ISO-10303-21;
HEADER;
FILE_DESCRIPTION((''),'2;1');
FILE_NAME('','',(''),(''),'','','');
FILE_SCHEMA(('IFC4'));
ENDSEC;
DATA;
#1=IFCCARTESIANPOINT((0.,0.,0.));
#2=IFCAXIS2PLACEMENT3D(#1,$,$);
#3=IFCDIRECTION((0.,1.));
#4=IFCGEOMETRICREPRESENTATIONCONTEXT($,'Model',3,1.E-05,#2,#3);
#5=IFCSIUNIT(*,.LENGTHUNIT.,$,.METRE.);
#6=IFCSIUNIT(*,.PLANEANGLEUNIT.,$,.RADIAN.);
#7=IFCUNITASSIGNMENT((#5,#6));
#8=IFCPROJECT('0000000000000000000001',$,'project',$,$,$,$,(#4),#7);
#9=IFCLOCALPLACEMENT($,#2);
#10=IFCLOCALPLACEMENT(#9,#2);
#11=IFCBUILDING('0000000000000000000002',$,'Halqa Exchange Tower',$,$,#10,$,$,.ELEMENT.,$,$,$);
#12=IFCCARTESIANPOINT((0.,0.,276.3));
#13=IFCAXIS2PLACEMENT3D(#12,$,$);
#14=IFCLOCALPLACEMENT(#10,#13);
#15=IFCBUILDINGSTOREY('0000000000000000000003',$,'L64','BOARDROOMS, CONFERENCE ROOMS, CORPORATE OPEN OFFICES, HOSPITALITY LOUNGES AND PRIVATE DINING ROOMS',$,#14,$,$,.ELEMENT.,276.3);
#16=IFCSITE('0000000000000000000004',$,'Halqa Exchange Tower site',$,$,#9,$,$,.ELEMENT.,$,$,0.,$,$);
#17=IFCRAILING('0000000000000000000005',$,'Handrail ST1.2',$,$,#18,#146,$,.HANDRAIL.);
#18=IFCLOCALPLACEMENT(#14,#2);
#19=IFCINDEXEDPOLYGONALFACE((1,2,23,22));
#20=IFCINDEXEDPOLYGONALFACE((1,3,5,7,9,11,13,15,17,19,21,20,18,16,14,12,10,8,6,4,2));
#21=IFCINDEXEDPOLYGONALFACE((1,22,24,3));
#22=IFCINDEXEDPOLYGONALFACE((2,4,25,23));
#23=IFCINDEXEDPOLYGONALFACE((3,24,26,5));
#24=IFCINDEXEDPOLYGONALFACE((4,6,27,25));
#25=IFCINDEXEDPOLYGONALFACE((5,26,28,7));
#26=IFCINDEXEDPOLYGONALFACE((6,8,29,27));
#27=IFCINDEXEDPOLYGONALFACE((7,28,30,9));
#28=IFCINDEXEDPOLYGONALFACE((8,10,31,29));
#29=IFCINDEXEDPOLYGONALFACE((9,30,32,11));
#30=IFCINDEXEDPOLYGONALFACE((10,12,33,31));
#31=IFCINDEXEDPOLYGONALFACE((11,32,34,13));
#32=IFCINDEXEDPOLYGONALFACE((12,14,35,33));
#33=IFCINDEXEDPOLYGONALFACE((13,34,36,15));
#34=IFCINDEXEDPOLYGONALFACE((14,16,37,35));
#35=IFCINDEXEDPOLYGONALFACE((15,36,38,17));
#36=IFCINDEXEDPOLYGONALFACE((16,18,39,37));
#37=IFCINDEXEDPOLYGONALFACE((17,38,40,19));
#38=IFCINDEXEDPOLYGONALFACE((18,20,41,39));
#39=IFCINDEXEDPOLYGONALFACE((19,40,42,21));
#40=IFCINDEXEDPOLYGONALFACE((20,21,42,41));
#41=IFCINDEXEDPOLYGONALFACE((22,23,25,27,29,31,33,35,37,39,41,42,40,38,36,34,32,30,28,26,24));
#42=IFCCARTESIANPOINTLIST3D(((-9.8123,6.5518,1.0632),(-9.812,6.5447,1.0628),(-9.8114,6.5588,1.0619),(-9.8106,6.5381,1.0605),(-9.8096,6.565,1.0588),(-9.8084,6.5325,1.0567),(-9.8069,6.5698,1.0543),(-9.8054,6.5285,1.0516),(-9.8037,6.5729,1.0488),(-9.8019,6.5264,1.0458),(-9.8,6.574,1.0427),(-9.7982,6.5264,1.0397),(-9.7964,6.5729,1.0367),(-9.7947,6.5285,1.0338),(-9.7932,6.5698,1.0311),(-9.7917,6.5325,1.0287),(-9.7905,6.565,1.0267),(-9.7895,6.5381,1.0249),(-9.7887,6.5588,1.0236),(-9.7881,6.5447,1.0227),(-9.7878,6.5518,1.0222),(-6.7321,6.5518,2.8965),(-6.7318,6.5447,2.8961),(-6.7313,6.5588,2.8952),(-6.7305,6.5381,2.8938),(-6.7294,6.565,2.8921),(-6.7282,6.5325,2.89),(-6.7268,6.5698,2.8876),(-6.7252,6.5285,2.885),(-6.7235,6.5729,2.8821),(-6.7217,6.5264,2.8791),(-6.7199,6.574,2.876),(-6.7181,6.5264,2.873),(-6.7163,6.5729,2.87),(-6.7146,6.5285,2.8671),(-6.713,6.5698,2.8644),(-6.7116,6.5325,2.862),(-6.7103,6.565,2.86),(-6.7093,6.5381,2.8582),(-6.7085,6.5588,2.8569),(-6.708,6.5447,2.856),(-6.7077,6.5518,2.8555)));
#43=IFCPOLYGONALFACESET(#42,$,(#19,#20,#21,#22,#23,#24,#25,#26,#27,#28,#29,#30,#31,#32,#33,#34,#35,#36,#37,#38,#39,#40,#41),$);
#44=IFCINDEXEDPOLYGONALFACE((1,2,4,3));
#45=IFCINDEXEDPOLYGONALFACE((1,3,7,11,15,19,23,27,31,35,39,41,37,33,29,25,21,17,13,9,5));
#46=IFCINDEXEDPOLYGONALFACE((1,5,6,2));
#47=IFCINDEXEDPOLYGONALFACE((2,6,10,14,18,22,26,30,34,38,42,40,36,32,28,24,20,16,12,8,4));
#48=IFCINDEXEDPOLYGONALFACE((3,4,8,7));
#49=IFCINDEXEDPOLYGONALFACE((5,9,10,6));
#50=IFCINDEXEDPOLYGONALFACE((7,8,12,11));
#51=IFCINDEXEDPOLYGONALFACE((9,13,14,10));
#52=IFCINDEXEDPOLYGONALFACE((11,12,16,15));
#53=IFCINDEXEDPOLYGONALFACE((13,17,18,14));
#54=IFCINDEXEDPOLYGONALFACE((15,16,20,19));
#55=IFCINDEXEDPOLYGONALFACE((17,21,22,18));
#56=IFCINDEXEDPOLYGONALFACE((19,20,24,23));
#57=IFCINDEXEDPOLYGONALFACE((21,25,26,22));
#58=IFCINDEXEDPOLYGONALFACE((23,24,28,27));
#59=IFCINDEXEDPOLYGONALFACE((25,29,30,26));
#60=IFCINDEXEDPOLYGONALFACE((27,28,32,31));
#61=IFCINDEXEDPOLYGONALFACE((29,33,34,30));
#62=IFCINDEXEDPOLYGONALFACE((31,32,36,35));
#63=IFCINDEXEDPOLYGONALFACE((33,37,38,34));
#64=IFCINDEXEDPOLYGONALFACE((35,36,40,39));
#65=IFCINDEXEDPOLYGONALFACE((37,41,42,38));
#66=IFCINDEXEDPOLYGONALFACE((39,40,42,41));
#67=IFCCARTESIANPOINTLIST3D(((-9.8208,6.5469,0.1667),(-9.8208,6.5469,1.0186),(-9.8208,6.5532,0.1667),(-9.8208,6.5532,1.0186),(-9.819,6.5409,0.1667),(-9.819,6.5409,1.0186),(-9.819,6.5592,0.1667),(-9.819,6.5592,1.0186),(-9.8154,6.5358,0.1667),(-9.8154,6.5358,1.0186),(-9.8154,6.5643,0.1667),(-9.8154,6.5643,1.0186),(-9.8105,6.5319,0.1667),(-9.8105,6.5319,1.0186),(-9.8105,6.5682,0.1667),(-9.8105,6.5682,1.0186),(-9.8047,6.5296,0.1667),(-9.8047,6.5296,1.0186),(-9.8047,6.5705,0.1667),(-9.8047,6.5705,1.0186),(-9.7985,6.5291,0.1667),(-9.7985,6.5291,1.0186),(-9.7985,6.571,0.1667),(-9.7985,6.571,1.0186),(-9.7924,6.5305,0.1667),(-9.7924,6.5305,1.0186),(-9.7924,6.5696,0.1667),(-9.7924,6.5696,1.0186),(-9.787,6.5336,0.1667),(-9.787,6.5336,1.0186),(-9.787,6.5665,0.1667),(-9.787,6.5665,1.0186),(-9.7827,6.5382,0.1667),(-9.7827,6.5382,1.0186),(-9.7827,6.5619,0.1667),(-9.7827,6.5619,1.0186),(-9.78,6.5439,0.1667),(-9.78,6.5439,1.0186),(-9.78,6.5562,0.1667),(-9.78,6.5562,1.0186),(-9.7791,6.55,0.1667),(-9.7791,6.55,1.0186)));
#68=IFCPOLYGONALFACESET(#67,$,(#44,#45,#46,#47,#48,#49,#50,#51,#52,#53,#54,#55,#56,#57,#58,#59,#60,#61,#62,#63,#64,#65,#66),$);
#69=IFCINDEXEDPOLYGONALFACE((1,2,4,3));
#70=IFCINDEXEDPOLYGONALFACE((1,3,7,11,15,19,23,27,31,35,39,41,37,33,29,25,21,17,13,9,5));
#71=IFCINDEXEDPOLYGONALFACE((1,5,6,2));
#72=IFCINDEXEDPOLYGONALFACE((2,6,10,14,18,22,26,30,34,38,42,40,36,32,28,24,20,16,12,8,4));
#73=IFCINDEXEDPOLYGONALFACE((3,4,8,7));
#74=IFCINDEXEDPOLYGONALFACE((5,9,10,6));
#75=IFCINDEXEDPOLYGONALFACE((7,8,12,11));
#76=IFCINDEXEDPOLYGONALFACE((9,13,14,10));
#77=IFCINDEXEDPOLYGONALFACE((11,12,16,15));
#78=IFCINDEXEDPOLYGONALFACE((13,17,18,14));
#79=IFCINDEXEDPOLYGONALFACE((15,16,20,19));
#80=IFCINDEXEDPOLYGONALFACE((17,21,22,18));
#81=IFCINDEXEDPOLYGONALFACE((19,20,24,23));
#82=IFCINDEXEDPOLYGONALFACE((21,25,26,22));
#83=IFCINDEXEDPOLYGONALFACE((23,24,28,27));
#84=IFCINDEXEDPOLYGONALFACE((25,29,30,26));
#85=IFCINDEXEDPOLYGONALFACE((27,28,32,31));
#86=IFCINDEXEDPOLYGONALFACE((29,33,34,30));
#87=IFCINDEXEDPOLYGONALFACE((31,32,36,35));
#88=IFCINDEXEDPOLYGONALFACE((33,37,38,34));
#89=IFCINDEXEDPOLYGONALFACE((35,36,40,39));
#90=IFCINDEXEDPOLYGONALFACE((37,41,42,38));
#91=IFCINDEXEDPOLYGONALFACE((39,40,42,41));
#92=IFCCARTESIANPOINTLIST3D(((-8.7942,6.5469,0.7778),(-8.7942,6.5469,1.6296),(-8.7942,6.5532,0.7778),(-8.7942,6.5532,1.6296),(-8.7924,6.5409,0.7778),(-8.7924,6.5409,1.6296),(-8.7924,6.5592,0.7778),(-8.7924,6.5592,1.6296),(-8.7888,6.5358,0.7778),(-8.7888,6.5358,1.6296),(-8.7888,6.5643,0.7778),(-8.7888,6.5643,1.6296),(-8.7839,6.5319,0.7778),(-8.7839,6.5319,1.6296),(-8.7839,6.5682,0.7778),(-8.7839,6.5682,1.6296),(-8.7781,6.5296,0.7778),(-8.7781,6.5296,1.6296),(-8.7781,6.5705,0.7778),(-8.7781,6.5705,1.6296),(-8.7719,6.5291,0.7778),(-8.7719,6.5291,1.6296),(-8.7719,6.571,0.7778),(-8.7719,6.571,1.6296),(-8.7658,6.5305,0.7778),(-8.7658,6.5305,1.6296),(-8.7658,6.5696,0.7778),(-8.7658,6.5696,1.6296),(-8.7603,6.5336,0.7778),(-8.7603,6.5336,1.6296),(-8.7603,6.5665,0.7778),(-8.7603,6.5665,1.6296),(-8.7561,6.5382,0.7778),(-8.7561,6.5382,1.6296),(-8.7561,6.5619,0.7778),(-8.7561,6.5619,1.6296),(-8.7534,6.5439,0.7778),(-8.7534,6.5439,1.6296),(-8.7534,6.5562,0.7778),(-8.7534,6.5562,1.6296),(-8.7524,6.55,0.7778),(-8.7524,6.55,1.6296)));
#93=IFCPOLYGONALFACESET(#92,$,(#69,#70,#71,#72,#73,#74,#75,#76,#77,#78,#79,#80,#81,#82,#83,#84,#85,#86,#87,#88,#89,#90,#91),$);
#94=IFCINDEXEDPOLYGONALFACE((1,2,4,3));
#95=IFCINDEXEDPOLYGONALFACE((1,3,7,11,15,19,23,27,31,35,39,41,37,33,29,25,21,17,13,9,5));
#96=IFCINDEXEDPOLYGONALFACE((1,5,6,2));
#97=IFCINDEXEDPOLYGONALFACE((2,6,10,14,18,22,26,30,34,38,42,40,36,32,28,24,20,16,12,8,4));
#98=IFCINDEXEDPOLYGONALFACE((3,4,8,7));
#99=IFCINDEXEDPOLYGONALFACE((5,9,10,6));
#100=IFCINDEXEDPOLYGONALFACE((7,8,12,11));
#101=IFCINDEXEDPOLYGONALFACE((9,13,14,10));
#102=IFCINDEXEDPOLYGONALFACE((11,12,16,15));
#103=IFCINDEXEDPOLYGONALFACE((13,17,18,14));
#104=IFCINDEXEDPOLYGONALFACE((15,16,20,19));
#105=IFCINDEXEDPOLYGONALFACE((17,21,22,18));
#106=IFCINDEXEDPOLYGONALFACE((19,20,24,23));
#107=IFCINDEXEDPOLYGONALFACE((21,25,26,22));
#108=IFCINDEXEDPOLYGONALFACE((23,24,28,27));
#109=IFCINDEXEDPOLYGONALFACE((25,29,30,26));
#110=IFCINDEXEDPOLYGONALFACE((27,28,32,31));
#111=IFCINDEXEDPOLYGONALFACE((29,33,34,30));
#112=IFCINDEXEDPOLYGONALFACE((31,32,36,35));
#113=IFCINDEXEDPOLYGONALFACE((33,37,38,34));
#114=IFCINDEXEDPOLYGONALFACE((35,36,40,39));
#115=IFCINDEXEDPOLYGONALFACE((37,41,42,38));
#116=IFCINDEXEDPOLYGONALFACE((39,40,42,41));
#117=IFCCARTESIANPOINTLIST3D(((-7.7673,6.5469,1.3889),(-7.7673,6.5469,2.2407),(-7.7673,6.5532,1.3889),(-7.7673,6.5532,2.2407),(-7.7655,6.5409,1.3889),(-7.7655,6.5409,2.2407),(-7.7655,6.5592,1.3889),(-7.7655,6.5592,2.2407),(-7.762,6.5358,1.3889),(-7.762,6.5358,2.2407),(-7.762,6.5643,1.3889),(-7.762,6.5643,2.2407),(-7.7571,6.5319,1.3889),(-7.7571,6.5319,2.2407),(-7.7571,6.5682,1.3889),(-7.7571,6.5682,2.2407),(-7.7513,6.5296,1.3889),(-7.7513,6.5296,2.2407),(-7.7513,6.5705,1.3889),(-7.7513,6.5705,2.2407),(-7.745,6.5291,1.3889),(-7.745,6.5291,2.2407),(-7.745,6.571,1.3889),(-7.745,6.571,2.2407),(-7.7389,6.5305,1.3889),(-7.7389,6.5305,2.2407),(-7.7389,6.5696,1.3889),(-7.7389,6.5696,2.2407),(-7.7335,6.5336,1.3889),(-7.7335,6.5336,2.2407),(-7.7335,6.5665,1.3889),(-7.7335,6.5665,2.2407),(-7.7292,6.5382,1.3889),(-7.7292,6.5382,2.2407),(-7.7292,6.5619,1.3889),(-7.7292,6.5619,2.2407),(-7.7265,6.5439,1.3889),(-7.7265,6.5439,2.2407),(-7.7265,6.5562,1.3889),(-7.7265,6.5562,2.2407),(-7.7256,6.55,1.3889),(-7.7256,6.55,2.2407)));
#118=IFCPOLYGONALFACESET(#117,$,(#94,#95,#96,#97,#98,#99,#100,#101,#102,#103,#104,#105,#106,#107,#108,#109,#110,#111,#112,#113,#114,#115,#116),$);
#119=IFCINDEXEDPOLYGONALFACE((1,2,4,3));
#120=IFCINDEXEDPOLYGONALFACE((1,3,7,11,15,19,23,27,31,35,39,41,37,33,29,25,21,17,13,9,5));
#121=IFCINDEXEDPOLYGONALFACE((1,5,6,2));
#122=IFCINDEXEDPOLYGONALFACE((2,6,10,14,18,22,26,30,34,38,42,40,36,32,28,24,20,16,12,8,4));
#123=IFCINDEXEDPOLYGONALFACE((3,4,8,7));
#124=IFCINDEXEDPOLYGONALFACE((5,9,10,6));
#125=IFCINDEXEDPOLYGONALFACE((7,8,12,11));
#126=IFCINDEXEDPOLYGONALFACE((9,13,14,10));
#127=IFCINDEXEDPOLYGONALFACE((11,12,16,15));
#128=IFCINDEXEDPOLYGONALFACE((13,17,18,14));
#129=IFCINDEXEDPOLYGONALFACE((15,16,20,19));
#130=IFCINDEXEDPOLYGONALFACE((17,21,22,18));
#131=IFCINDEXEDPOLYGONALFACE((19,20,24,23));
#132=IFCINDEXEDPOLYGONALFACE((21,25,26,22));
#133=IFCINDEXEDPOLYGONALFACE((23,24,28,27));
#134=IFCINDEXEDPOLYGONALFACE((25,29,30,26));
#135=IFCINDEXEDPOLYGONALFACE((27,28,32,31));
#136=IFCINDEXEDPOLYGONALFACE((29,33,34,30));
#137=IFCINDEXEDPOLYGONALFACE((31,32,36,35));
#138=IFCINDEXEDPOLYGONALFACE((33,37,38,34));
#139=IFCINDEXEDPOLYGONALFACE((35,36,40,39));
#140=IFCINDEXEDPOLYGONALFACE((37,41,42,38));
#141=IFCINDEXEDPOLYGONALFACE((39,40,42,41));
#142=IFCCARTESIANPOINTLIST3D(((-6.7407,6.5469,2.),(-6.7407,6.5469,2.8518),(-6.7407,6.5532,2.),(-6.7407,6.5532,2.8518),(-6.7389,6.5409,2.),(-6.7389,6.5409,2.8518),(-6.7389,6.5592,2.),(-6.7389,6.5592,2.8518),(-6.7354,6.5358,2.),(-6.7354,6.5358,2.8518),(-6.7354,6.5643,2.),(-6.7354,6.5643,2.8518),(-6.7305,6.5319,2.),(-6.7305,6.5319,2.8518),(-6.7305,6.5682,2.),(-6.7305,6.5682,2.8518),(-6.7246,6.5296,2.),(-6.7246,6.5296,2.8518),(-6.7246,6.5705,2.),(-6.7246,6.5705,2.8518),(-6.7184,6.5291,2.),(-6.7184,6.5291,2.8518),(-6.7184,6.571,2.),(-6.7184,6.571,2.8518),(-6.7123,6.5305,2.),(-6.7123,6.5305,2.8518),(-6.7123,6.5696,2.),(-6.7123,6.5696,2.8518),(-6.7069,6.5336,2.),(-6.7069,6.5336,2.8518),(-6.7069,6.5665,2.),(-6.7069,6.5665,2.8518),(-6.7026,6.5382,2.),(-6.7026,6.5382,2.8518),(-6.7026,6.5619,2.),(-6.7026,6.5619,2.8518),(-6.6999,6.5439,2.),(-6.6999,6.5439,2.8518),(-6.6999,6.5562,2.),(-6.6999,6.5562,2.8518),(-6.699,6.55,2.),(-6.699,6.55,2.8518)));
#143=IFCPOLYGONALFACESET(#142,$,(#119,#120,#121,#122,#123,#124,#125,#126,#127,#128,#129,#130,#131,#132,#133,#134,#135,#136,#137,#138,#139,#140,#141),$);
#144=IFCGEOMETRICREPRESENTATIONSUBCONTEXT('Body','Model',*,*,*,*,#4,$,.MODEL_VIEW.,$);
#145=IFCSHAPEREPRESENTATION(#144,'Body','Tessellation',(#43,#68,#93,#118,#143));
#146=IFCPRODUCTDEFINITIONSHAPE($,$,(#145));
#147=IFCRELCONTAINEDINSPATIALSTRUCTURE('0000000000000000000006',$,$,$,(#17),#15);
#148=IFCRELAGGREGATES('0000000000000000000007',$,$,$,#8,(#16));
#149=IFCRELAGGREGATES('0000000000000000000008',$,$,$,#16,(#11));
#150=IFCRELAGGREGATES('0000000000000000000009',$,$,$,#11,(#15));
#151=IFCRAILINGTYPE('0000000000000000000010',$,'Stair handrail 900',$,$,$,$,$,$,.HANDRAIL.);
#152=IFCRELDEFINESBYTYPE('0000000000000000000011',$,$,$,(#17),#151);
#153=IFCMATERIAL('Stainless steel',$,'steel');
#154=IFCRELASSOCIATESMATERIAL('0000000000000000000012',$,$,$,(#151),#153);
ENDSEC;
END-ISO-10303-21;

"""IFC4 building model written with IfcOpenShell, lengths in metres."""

from ifc_helpers import new_model, si_unit, direction, frame, origin, origin_2d, place, context, subcontext, project, spatial, circle, extrude, material, type_object, element, save


model = new_model("IFC4")

# Units and contexts
model_context = context("Model", 3, precision=1e-05, world=origin(), true_north=direction((0.0, 1.0)))
body_context = subcontext(model_context, "Body", "Model", "MODEL_VIEW")
ifc_project = project(units=[si_unit("LENGTHUNIT", "METRE"), si_unit("PLANEANGLEUNIT", "RADIAN")], contexts=[model_context])

# Site, building, storey
site_placement = place(None, origin())
site = spatial("IfcSite", under=ifc_project, at=site_placement, Name="Halqa Exchange Tower site", CompositionType="ELEMENT", RefElevation=0.0)
building_placement = place(site_placement, origin())
building = spatial("IfcBuilding", under=site, at=building_placement, Name="Halqa Exchange Tower", CompositionType="ELEMENT")
storey_placement = place(building_placement, frame((0.0, 0.0, 276.3)))
storey = spatial("IfcBuildingStorey", under=building, at=storey_placement, Name="L64", Description="BOARDROOMS, CONFERENCE ROOMS, CORPORATE OPEN OFFICES, HOSPITALITY LOUNGES AND PRIVATE DINING ROOMS", CompositionType="ELEMENT", Elevation=276.3)

# Shared definitions
ifc_material_1 = material(Name="Stainless steel", Category="steel")

# Railing
railing_type_1 = type_object("IfcRailingType", Name="Stair handrail 900", PredefinedType="HANDRAIL", material=ifc_material_1)
railing_1_placement = place(storey_placement, frame((-9.8, 6.55, 0.1667)))
element("IfcRailing", 1, at=railing_1_placement, inside=storey, type_object=railing_type_1, Name="Handrail ST1.2", PredefinedType="HANDRAIL", context=body_context, shape_type="SweptSolid", body=[
    extrude(circle(Radius=0.0239, at=origin_2d()), frame((0.0, 0.0, 0.876), z_axis=(0.859309, 0.0, 0.511458), x_axis=(0.0, 1.0, 0.0)), (0.0, 0.0, 1.0), 3.5845),
    extrude(circle(Radius=0.021, at=origin_2d()), origin(), (0.0, 0.0, 1.0), 0.8518),
    extrude(circle(Radius=0.021, at=origin_2d()), frame((1.0266, 0.0, 0.6111)), (0.0, 0.0, 1.0), 0.8518),
    extrude(circle(Radius=0.021, at=origin_2d()), frame((2.0535, 0.0, 1.2222)), (0.0, 0.0, 1.0), 0.8518),
    extrude(circle(Radius=0.021, at=origin_2d()), frame((3.0801, 0.0, 1.8333)), (0.0, 0.0, 1.0), 0.8518),
])

save(model, "model.ifc")
